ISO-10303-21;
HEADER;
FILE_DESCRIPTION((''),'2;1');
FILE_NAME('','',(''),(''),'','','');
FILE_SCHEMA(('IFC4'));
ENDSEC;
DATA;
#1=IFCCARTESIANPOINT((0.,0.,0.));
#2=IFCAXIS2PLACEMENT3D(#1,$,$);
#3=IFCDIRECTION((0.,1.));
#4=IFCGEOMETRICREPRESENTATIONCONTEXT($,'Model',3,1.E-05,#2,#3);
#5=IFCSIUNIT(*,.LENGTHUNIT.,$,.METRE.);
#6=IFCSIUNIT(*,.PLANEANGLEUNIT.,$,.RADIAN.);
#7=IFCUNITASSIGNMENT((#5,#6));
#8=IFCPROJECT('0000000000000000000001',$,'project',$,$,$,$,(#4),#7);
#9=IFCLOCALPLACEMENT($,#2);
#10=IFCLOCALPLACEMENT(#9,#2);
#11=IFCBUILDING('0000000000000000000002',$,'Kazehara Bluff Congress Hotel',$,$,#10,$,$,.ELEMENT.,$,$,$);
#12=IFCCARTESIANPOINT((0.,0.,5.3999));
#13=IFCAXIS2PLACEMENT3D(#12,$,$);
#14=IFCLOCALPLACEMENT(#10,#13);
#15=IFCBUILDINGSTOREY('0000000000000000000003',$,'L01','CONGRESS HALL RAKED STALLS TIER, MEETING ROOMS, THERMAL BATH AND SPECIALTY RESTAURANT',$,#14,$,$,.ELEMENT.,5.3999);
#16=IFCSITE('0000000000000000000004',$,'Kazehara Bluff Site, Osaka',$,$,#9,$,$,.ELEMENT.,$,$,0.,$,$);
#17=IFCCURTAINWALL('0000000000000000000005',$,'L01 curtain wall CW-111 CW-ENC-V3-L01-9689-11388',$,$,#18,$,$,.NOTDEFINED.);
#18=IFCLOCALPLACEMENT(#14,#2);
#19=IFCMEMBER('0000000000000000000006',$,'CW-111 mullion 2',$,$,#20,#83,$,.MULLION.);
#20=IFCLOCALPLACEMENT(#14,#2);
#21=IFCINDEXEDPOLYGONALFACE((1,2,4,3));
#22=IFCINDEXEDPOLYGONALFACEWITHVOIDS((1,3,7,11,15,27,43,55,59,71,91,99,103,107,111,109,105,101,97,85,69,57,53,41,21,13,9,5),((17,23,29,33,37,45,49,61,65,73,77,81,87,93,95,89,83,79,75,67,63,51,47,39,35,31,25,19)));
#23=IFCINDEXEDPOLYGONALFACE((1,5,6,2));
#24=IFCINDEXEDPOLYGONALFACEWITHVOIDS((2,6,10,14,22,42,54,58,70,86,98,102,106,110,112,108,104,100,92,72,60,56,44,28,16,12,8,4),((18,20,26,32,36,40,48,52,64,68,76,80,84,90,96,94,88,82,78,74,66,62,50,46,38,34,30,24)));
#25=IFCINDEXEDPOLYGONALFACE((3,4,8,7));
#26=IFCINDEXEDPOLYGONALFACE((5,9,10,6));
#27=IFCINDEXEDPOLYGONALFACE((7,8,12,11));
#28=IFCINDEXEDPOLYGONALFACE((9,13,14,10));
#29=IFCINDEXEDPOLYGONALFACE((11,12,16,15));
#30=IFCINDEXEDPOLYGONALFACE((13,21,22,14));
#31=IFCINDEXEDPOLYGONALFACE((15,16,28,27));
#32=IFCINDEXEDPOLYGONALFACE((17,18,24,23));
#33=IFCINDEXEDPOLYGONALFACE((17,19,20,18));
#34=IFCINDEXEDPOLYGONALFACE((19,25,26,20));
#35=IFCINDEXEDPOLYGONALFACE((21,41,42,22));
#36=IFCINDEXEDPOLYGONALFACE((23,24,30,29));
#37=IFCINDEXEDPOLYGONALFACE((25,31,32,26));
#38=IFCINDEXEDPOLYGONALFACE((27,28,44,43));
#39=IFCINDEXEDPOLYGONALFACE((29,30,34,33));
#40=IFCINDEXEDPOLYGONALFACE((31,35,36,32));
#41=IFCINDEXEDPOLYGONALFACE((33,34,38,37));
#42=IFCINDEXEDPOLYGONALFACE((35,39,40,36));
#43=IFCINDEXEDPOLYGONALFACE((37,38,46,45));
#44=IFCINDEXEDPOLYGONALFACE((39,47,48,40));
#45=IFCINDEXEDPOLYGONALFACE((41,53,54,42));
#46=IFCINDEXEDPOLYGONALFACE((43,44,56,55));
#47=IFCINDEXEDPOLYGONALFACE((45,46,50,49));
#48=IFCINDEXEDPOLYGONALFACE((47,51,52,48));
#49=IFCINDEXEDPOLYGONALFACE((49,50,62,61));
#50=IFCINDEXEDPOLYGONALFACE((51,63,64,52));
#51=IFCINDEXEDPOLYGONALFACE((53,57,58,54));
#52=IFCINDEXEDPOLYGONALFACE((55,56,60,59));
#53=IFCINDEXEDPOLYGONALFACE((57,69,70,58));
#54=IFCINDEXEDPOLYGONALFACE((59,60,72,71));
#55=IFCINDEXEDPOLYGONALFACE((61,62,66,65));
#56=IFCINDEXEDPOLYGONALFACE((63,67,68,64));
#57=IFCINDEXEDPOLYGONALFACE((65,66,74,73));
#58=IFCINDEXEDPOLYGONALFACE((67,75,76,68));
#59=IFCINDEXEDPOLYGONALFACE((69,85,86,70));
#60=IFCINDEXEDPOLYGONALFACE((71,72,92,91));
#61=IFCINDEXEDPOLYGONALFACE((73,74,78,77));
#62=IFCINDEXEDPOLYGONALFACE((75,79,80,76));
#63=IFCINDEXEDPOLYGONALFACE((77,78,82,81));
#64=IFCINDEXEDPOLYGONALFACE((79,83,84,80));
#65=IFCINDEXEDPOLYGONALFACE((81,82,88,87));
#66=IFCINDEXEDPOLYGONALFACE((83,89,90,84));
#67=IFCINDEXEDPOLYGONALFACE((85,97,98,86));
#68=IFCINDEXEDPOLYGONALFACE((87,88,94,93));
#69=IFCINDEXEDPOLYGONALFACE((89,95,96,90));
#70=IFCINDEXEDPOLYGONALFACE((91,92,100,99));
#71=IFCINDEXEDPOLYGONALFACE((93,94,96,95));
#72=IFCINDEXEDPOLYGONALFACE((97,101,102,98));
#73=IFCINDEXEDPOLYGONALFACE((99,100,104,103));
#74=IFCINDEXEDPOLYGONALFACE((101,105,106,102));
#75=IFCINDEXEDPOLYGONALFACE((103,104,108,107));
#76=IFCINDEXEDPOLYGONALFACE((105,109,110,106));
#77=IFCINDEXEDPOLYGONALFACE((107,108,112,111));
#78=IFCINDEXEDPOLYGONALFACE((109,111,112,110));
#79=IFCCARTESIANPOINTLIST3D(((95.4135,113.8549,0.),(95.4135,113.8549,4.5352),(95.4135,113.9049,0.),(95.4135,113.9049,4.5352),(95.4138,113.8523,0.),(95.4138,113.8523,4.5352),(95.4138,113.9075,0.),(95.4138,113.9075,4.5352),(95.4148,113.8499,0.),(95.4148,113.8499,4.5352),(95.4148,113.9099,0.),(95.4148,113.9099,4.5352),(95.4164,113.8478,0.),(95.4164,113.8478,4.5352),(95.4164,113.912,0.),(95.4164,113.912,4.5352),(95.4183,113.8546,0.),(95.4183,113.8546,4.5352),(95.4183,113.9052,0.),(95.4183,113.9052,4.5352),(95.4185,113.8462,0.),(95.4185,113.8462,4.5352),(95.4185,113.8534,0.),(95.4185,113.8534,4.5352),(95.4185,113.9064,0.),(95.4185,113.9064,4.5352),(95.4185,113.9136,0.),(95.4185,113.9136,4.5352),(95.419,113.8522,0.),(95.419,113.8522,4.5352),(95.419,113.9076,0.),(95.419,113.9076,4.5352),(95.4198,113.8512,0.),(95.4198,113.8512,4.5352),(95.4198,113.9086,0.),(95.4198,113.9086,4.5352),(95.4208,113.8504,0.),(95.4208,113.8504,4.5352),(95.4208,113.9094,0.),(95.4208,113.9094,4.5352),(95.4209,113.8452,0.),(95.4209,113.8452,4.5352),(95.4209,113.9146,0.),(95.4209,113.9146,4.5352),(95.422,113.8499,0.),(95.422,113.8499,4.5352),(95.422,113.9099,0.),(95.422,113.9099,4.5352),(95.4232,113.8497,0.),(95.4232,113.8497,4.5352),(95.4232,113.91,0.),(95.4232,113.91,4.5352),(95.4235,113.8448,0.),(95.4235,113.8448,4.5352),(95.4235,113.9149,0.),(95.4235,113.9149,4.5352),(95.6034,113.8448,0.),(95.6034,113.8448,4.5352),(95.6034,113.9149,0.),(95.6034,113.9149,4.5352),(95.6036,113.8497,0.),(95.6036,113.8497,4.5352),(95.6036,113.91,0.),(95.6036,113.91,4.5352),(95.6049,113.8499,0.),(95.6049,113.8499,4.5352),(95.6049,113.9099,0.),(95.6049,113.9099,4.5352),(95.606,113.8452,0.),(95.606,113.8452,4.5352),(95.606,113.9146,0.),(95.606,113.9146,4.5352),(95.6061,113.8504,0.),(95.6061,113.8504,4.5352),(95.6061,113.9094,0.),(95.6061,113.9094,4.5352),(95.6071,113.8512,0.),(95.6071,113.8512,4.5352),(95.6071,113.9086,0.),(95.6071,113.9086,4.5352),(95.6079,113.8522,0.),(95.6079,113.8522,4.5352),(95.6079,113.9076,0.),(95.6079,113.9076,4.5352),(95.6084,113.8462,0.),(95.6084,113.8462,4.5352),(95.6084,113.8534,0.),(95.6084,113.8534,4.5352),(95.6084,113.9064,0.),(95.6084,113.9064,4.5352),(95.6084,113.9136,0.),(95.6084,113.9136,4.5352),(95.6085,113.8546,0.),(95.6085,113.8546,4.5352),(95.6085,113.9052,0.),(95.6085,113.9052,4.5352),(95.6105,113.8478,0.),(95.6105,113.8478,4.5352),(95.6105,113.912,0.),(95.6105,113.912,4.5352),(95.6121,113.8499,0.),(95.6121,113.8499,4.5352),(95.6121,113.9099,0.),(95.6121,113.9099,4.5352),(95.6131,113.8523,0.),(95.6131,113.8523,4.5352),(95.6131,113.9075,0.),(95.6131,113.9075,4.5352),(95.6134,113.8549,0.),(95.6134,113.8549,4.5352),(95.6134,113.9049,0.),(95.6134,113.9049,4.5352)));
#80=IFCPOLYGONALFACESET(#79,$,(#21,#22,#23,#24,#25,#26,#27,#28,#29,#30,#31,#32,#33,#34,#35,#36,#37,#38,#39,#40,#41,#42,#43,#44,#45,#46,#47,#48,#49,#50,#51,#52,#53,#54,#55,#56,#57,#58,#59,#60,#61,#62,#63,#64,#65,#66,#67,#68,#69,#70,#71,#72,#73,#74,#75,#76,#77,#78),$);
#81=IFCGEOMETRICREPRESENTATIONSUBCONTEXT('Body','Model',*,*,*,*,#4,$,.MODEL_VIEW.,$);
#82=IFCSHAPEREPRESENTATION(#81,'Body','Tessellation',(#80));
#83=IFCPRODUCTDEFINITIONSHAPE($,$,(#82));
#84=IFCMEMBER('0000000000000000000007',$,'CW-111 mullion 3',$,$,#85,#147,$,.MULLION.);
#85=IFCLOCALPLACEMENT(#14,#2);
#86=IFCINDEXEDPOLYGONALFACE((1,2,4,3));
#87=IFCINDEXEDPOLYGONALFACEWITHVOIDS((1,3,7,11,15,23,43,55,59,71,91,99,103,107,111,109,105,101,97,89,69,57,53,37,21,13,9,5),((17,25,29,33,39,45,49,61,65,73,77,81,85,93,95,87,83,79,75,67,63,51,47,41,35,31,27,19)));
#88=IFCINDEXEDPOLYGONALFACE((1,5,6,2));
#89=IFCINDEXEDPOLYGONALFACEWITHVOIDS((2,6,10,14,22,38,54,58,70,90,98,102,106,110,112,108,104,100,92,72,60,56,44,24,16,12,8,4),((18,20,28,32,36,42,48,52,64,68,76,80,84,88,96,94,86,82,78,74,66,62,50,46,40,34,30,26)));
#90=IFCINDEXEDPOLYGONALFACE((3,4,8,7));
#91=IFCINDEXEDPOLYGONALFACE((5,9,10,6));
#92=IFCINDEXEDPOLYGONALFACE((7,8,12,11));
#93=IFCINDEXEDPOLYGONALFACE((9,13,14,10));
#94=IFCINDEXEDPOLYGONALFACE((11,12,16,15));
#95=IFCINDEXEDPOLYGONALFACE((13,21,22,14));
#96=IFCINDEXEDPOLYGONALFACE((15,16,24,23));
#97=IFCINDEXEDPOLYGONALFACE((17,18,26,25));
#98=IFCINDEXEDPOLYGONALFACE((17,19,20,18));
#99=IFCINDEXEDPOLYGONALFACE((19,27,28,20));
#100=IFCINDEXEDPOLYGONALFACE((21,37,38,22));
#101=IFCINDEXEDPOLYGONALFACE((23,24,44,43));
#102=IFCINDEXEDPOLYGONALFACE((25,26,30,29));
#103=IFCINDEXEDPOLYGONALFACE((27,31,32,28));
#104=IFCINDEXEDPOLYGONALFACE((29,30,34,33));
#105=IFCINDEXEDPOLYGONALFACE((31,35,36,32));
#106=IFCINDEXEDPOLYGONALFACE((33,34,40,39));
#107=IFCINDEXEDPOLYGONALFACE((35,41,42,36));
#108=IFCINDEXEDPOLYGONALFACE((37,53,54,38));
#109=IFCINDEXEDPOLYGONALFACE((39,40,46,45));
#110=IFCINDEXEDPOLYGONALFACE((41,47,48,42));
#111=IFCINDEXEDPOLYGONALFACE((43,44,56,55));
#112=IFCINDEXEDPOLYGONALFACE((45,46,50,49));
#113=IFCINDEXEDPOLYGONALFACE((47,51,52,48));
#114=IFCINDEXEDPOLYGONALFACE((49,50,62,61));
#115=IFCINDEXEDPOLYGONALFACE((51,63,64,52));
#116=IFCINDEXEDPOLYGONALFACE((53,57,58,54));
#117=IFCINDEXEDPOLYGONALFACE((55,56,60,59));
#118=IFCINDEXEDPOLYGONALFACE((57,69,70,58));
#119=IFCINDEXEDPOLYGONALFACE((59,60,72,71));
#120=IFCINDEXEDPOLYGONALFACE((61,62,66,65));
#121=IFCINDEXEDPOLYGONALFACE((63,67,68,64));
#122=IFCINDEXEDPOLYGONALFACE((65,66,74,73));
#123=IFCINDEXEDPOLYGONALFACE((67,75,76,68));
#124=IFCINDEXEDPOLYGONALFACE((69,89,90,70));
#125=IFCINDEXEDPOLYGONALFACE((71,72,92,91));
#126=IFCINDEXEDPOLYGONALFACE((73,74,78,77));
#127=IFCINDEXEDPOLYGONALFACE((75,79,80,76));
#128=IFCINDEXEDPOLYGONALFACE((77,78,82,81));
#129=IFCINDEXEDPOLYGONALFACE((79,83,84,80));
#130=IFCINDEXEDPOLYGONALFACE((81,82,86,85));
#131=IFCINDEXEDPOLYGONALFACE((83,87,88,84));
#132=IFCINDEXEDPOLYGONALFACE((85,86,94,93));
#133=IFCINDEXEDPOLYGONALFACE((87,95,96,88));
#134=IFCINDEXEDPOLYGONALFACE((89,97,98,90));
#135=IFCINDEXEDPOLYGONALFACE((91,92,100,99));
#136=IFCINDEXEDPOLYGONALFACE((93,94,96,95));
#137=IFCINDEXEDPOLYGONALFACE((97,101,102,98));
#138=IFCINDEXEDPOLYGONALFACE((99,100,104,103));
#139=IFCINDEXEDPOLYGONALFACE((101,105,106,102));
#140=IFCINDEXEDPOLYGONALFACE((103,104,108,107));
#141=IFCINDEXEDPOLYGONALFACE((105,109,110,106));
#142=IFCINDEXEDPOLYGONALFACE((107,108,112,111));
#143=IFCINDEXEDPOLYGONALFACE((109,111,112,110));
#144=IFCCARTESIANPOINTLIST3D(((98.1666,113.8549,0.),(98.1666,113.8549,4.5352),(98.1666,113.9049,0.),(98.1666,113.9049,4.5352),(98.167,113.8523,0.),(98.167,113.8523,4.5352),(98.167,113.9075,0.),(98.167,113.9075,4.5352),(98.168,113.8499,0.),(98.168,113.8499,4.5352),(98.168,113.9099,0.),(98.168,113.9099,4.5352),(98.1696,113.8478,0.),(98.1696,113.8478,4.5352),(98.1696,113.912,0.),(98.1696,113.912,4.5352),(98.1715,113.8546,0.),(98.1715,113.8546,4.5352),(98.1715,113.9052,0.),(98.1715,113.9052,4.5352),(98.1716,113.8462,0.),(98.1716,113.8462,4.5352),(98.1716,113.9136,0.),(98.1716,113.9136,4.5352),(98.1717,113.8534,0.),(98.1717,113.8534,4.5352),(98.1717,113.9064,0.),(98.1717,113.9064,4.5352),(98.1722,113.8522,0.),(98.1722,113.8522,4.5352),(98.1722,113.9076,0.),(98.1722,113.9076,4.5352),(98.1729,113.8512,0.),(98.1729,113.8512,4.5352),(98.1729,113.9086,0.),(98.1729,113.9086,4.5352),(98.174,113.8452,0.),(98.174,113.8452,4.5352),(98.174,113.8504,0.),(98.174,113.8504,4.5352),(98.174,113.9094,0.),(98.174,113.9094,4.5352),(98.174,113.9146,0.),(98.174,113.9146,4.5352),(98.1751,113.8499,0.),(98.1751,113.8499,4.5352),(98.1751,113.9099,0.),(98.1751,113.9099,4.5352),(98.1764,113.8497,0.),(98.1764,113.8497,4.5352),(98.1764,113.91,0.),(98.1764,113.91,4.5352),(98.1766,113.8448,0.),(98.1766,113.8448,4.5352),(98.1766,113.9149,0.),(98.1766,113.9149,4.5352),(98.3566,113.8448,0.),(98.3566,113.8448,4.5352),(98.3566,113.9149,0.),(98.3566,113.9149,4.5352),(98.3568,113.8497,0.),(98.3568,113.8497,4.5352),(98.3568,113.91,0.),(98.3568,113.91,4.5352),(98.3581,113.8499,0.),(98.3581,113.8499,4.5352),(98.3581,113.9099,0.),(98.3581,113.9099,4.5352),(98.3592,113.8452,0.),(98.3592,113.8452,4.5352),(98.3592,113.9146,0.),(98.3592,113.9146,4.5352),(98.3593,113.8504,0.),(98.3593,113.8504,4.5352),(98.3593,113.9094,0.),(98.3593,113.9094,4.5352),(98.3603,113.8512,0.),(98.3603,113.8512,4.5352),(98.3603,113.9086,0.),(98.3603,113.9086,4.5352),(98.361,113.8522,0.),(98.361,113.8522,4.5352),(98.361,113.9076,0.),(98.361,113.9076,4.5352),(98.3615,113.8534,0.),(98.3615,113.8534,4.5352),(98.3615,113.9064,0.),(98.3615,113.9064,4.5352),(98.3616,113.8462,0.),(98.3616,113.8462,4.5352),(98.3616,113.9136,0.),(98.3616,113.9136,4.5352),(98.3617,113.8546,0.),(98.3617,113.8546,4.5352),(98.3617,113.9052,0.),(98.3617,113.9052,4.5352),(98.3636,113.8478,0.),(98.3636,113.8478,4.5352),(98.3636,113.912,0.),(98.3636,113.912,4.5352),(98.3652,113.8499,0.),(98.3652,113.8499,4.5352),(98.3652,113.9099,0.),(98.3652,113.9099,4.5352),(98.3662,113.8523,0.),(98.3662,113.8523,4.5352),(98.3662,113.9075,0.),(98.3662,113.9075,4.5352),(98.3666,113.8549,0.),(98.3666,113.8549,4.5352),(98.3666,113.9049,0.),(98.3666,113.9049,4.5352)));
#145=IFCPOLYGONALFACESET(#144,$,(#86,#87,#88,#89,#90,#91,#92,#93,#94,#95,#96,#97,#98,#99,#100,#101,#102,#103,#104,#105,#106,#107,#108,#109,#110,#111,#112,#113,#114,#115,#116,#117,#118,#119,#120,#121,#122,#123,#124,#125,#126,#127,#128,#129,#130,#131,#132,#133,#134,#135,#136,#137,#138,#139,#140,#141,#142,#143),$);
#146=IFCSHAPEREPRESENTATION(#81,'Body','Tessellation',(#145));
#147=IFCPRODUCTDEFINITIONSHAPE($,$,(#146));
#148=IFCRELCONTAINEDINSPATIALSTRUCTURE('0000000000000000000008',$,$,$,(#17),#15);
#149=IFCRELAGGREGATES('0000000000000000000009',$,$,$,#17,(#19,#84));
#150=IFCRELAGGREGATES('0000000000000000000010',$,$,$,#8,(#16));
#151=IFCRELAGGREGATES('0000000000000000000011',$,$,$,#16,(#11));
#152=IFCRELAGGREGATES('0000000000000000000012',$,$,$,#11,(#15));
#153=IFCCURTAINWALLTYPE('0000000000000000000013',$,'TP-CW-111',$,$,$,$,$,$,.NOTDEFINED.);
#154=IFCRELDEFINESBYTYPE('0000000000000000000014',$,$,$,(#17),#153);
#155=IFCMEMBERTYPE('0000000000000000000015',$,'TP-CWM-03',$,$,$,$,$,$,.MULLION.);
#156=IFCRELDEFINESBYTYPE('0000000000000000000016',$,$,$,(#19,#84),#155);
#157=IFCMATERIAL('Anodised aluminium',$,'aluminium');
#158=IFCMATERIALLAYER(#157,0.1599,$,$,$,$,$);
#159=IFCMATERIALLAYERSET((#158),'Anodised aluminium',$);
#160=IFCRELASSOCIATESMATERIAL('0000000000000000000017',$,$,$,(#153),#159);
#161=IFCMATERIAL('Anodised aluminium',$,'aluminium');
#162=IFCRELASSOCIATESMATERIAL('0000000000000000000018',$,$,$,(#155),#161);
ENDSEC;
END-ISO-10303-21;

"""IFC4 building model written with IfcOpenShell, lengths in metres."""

from ifc_helpers import new_model, si_unit, direction, frame, origin, origin_2d, place, context, subcontext, project, spatial, hollow_rectangle, extrude, material, layer, layer_set, material_profile, profile_set, type_object, element, aggregate, save


model = new_model("IFC4")

# Units and contexts
model_context = context("Model", 3, precision=1e-05, world=origin(), true_north=direction((0.0, 1.0)))
body_context = subcontext(model_context, "Body", "Model", "MODEL_VIEW")
ifc_project = project(units=[si_unit("LENGTHUNIT", "METRE"), si_unit("PLANEANGLEUNIT", "RADIAN")], contexts=[model_context])

# Site, building, storey
site_placement = place(None, origin())
site = spatial("IfcSite", under=ifc_project, at=site_placement, Name="Kazehara Bluff Site, Osaka", CompositionType="ELEMENT", RefElevation=0.0)
building_placement = place(site_placement, origin())
building = spatial("IfcBuilding", under=site, at=building_placement, Name="Kazehara Bluff Congress Hotel", CompositionType="ELEMENT")
storey_placement = place(building_placement, frame((0.0, 0.0, 5.3999)))
storey = spatial("IfcBuildingStorey", under=building, at=storey_placement, Name="L01", Description="CONGRESS HALL RAKED STALLS TIER, MEETING ROOMS, THERMAL BATH AND SPECIALTY RESTAURANT", CompositionType="ELEMENT", Elevation=5.3999)

# Curtain wall, members
ifc_material_1 = material(Name="Anodised aluminium", Category="aluminium")
ifc_layer_1 = layer(ifc_material_1, 0.1599)
ifc_layer_set_1 = layer_set([ifc_layer_1], Name="Anodised aluminium")
curtain_wall_type = type_object("IfcCurtainWallType", Name="TP-CW-111", PredefinedType="NOTDEFINED", material=ifc_layer_set_1)
curtain_wall_placement = place(storey_placement, origin())
curtain_wall = element("IfcCurtainWall", 1, at=curtain_wall_placement, inside=storey, type_object=curtain_wall_type, Name="L01 curtain wall CW-111 CW-ENC-V3-L01-9689-11388", PredefinedType="NOTDEFINED")
ifc_material_2 = material(Name="Anodised aluminium", Category="aluminium")
ifc_material_profile_1 = material_profile(ifc_material_2, hollow_rectangle(XDim=0.0701, YDim=0.2, WallThickness=0.0049, InnerFilletRadius=0.0049, OuterFilletRadius=0.01, at=origin_2d()))
ifc_profile_set_1 = profile_set([ifc_material_profile_1], Name="Anodised aluminium")
member_type_1 = type_object("IfcMemberType", Name="TP-CWM-03", PredefinedType="MULLION", material=ifc_profile_set_1)
member_1_placement = place(storey_placement, frame((95.5134, 113.8799, 0.0), z_axis=(0.0, 0.0, 1.0), x_axis=(0.0, 1.0, 0.0)))
member_1 = element("IfcMember", 2, at=member_1_placement, type_object=member_type_1, Name="CW-111 mullion 2", PredefinedType="MULLION", context=body_context, shape_type="SweptSolid", body=[
    extrude(hollow_rectangle(XDim=0.0701, YDim=0.2, WallThickness=0.0049, InnerFilletRadius=0.0049, OuterFilletRadius=0.01, at=origin_2d()), origin(), (0.0, 0.0, 1.0), 4.5352),
])
member_2_placement = place(storey_placement, frame((98.2666, 113.8799, 0.0), z_axis=(0.0, 0.0, 1.0), x_axis=(0.0, 1.0, 0.0)))
member_2 = element("IfcMember", 3, at=member_2_placement, type_object=member_type_1, Name="CW-111 mullion 3", PredefinedType="MULLION", context=body_context, shape_type="SweptSolid", body=[
    extrude(hollow_rectangle(XDim=0.0701, YDim=0.2, WallThickness=0.0049, InnerFilletRadius=0.0049, OuterFilletRadius=0.01, at=origin_2d()), origin(), (0.0, 0.0, 1.0), 4.5352),
])

aggregate(curtain_wall, [member_1, member_2])

save(model, "model.ifc")
